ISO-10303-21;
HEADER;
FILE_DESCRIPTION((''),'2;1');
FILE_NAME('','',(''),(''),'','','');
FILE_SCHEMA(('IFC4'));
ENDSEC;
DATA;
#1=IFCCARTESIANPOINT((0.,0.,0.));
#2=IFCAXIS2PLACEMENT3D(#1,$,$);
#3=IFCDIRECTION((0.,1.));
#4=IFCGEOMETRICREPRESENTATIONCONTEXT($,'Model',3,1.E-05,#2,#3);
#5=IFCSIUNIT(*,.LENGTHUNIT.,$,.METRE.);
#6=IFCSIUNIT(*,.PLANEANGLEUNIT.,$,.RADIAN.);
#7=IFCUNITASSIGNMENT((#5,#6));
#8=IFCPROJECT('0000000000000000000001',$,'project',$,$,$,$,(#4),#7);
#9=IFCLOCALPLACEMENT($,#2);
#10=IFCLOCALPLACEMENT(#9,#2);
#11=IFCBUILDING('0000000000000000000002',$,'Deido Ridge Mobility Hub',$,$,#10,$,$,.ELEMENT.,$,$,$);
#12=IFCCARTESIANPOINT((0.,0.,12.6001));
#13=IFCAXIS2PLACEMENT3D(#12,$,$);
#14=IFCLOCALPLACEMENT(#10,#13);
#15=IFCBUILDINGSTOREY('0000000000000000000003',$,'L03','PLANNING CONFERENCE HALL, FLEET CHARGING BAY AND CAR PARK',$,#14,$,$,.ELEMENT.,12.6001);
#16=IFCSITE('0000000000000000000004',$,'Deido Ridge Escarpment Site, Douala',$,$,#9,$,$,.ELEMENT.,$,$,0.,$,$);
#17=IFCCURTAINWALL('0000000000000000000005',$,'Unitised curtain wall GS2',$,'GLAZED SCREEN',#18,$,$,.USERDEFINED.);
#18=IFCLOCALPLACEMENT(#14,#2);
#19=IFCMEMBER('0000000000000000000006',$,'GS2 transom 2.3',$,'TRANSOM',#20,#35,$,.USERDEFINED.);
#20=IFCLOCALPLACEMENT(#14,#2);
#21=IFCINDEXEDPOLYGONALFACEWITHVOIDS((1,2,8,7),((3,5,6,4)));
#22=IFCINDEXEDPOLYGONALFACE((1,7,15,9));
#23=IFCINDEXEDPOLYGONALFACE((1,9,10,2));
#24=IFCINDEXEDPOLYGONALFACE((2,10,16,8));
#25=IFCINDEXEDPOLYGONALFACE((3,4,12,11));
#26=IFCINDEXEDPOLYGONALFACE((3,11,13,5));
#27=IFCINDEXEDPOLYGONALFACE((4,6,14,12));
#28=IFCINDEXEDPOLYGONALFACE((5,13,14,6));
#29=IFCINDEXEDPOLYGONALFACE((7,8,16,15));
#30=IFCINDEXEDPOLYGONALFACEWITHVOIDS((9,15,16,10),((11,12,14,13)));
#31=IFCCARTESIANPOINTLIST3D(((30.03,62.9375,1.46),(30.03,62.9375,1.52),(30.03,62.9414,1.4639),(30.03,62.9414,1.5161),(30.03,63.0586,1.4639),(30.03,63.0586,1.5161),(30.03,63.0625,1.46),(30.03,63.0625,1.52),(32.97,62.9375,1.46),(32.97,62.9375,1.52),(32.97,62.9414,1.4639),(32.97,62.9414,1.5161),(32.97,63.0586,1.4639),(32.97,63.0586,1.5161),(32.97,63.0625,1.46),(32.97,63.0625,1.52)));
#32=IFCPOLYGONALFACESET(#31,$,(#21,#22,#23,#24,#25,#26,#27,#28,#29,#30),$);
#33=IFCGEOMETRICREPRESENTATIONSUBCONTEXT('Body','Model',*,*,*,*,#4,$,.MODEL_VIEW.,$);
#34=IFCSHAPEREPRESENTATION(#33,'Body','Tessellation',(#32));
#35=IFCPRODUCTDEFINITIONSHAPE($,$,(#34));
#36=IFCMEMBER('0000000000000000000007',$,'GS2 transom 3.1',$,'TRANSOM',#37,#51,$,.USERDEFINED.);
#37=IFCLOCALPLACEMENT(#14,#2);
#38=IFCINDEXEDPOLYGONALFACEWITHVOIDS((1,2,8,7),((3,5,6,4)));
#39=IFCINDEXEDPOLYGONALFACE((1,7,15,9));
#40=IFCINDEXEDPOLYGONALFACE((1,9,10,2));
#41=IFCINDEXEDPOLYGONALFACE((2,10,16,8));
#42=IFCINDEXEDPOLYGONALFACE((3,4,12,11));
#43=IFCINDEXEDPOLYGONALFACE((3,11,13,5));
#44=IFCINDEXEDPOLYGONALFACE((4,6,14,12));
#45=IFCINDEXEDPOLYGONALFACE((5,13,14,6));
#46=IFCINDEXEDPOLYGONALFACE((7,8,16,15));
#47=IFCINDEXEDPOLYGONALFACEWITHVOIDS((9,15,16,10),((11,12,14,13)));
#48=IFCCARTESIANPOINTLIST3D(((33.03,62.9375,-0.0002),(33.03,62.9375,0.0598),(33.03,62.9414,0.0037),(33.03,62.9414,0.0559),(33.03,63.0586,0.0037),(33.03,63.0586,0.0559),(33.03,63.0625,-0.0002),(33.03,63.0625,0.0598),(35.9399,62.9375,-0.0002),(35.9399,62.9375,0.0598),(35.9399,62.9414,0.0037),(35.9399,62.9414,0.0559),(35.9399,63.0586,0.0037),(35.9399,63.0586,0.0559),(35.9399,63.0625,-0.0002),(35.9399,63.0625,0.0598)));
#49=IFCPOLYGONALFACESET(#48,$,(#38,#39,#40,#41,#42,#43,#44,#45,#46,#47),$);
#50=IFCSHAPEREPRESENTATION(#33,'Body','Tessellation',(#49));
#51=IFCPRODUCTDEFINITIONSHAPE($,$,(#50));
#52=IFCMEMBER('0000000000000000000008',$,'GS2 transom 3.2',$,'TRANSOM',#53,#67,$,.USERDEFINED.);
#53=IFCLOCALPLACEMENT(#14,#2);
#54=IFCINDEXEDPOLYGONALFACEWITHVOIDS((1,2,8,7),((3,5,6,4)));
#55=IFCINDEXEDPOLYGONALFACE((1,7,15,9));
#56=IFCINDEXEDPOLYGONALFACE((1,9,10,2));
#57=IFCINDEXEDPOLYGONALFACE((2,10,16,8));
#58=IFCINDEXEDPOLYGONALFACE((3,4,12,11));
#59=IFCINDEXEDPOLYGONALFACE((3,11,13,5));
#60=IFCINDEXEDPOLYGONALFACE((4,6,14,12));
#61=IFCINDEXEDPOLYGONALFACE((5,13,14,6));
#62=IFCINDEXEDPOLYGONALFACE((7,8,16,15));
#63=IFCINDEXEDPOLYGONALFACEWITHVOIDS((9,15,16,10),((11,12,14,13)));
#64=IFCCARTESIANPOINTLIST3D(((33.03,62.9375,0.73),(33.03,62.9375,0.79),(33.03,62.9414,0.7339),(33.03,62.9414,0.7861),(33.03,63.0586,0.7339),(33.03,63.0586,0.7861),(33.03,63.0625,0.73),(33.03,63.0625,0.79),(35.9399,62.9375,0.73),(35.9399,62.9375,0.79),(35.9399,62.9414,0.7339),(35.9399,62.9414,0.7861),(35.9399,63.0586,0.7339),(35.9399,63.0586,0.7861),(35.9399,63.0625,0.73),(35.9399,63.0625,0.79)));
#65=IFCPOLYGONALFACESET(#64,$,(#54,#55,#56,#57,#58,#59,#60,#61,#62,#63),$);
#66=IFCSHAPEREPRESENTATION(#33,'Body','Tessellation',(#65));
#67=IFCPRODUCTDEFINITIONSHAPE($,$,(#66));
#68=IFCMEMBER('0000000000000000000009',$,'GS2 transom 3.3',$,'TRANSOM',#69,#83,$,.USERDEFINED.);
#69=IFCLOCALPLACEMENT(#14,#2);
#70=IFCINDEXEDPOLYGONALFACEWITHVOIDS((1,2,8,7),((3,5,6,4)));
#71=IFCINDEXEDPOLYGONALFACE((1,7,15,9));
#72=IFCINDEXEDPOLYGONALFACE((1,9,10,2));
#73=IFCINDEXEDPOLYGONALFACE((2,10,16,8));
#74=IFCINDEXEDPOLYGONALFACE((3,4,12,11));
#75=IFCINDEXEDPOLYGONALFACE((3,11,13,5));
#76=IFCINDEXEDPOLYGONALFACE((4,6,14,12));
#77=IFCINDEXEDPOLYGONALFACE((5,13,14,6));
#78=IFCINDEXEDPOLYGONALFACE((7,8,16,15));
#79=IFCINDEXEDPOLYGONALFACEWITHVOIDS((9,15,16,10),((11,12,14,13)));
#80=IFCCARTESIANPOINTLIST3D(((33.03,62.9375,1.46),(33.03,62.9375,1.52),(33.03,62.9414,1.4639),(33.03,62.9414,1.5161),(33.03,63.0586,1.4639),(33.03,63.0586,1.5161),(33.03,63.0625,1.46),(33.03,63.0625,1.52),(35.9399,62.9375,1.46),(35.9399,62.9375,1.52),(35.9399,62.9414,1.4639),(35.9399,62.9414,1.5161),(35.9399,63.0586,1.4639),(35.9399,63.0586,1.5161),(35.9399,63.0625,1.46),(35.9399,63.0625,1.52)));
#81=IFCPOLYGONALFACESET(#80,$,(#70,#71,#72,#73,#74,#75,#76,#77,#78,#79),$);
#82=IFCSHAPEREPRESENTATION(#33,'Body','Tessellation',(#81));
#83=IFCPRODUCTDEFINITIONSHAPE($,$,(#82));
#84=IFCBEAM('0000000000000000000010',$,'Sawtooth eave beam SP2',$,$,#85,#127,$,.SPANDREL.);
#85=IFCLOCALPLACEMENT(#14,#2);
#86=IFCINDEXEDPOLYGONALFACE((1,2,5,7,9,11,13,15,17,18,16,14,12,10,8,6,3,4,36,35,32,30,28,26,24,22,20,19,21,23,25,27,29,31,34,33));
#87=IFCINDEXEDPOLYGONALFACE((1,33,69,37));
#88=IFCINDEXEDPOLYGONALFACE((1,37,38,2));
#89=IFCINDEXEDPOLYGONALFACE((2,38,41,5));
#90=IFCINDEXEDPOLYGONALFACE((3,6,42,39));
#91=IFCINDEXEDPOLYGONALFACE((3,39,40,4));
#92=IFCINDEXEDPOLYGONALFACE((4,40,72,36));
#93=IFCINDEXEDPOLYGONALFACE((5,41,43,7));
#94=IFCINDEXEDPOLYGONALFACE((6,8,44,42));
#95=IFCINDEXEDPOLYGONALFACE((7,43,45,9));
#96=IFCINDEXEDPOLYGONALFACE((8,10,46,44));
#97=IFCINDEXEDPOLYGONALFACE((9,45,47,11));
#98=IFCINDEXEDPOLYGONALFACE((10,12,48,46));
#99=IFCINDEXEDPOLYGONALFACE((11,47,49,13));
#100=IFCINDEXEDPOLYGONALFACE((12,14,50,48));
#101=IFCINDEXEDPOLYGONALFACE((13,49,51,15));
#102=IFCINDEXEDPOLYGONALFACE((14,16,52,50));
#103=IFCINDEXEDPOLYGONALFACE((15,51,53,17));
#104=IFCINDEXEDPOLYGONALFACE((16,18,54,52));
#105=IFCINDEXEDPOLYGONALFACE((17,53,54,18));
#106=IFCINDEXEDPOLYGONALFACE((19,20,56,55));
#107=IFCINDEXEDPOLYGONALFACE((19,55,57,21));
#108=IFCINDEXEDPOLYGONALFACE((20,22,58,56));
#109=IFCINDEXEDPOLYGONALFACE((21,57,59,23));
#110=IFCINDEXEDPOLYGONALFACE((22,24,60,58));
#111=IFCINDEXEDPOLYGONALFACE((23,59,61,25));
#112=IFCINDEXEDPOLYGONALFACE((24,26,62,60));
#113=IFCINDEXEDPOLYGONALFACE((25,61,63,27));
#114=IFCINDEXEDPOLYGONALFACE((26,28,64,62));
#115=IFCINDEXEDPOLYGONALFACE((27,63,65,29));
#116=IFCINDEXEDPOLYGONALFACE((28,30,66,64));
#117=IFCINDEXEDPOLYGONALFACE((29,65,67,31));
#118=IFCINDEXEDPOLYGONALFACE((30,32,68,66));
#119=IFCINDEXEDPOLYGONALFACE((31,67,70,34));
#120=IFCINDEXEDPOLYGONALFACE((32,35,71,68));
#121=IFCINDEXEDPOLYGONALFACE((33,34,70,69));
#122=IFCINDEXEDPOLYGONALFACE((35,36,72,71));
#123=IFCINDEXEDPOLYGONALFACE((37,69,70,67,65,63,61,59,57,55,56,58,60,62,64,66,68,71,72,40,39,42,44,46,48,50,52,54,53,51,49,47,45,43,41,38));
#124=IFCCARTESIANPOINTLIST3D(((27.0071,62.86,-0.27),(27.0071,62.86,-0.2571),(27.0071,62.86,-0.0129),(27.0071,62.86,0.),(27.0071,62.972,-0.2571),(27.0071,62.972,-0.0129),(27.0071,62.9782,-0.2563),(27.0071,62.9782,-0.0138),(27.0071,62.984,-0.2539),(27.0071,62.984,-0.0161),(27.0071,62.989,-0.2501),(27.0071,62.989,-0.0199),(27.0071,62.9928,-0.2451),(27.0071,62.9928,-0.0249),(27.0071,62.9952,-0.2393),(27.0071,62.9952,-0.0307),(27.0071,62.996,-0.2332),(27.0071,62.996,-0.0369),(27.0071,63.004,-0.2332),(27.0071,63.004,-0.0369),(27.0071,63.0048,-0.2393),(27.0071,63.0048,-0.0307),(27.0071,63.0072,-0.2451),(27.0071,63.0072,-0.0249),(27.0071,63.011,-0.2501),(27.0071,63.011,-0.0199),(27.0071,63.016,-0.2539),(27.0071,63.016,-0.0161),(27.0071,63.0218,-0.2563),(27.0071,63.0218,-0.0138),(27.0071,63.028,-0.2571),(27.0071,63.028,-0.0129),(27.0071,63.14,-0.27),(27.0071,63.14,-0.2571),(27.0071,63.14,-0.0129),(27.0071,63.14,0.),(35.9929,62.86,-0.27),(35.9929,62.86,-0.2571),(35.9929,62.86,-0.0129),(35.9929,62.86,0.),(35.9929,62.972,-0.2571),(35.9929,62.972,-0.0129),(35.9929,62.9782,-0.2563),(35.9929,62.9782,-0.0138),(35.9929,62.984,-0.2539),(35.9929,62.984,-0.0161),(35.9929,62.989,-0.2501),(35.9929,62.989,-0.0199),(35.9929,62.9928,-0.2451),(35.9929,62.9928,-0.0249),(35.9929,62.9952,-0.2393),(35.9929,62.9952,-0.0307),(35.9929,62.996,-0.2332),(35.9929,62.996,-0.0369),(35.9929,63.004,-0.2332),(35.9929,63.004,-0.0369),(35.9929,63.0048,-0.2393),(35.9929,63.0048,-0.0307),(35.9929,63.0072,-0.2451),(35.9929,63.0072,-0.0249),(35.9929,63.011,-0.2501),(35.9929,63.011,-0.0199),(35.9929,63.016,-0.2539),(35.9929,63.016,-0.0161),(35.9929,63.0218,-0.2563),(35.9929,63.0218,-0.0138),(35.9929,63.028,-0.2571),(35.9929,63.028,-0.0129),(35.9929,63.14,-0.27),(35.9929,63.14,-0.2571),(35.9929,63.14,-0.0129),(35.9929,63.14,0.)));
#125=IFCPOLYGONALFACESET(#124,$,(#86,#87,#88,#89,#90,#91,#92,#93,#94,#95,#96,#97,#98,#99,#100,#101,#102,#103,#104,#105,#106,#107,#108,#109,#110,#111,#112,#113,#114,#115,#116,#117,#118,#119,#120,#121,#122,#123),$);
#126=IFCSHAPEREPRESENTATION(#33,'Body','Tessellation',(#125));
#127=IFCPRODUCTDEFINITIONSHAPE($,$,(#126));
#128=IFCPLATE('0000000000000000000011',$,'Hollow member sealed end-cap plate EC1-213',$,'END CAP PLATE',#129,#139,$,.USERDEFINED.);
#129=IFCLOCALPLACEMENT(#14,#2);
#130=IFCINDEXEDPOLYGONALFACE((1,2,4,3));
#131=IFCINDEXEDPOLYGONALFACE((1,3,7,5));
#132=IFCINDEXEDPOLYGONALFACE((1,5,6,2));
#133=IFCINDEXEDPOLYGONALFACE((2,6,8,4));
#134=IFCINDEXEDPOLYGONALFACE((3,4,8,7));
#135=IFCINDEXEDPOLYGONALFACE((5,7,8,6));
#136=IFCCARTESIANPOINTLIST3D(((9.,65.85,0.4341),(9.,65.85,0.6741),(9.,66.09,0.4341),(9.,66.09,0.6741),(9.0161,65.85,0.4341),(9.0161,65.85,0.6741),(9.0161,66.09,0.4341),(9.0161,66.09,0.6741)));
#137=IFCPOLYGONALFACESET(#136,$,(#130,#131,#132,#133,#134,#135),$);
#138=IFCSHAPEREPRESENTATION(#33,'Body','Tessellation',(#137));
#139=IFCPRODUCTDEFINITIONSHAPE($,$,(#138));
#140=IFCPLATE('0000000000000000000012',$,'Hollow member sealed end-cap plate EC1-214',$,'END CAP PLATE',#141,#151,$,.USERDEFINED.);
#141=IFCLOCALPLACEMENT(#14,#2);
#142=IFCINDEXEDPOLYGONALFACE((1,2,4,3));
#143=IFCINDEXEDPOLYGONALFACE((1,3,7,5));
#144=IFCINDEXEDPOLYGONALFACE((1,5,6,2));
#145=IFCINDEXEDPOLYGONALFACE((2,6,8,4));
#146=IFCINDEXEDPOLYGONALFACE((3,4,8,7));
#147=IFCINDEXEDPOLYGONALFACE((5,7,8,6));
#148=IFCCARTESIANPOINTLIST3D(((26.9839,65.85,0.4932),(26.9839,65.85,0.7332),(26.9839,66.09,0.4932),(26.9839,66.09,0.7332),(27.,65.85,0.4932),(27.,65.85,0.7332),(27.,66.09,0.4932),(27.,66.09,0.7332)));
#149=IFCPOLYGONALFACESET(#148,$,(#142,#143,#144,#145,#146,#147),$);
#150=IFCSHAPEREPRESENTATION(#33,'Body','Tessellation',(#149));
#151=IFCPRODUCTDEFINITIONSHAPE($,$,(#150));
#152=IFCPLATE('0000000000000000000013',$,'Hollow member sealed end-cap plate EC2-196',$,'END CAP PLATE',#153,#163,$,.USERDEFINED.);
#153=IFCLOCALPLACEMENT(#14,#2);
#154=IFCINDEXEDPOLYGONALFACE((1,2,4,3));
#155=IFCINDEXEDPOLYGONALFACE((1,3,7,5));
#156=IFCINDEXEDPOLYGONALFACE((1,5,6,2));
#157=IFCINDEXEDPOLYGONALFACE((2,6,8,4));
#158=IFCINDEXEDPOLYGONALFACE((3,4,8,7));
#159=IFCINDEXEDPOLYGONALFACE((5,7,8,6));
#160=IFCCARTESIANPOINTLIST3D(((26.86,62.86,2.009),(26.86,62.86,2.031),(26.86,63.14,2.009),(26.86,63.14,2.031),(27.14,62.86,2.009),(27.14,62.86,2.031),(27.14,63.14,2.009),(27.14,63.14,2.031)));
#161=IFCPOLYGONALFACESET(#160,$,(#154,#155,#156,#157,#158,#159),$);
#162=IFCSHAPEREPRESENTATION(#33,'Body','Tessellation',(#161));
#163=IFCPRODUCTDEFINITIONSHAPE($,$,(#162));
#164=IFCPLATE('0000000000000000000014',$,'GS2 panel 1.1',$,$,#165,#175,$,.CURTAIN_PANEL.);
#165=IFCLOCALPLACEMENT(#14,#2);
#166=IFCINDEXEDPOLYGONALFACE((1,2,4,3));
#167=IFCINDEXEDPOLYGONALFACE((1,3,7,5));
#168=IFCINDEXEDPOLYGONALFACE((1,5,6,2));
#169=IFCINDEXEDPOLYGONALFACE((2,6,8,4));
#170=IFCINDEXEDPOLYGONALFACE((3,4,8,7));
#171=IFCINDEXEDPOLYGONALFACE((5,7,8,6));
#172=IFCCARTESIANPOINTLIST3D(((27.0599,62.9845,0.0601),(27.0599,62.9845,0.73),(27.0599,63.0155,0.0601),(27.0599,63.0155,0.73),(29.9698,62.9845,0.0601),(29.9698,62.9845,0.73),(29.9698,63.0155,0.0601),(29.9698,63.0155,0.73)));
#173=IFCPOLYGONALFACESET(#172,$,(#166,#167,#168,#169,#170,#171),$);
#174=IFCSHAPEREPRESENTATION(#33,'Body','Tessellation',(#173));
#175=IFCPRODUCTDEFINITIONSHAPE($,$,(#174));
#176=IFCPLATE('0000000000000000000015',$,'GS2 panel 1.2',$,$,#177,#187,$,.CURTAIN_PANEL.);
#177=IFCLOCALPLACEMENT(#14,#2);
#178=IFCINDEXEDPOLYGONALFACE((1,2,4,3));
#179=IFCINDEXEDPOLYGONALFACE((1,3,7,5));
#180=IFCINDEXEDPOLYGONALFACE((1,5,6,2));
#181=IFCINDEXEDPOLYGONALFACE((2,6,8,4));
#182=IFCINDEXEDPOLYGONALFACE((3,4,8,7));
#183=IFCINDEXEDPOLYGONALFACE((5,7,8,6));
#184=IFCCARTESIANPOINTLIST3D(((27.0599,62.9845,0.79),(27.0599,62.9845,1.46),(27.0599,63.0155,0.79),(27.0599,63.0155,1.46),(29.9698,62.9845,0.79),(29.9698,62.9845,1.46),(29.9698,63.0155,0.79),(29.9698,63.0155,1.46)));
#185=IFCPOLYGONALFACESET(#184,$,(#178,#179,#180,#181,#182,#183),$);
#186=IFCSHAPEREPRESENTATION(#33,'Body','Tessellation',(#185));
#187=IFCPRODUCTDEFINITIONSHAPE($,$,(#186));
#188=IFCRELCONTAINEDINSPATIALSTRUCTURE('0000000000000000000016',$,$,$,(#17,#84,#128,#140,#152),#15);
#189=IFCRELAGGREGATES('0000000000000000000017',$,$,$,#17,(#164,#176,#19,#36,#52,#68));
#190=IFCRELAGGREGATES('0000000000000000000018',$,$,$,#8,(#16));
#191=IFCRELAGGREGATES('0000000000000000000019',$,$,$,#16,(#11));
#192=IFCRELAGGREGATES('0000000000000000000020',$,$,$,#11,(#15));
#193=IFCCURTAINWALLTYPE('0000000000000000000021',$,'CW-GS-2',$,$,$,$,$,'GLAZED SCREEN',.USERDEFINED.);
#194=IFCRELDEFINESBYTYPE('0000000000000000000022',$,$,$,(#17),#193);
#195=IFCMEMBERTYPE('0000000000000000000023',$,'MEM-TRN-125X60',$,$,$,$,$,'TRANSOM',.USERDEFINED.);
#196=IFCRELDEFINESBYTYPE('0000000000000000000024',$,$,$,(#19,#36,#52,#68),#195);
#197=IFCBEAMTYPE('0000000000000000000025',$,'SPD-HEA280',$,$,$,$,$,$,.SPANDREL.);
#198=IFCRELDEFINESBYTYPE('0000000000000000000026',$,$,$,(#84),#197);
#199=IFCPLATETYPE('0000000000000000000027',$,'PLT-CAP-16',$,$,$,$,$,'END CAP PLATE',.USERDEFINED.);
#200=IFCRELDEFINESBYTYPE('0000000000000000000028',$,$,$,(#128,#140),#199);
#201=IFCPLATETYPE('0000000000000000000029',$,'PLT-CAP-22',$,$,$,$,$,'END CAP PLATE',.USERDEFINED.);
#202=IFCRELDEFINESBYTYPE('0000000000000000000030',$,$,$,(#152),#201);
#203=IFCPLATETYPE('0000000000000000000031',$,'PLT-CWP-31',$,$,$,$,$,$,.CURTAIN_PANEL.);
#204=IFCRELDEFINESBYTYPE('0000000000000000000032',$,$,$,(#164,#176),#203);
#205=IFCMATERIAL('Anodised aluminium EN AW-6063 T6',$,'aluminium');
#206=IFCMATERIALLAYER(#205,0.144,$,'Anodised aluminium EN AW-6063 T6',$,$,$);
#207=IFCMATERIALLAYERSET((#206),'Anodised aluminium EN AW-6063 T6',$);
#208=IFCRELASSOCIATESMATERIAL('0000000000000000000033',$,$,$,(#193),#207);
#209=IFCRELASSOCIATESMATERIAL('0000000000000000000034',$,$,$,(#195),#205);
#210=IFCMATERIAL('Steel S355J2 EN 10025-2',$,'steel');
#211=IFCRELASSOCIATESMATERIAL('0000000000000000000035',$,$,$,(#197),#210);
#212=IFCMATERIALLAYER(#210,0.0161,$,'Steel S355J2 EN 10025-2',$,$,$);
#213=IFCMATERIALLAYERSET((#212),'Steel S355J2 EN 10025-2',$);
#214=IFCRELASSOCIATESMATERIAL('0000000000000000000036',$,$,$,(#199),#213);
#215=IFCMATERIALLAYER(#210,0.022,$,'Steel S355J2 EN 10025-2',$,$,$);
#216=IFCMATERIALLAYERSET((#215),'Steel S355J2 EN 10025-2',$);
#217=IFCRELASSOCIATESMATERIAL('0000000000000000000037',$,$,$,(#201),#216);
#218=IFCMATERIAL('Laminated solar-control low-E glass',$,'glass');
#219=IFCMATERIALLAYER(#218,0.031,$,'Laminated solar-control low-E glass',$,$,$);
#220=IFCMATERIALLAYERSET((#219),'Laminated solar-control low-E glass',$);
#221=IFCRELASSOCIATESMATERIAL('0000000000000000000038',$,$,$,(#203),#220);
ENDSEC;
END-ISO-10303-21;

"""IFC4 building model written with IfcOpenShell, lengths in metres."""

from ifc_helpers import new_model, si_unit, direction, frame, origin, origin_2d, place, context, subcontext, project, spatial, rectangle, hollow_rectangle, i_section, extrude, material, layer, layer_set, material_profile, profile_set, type_object, element, aggregate, save


model = new_model("IFC4")

# Units and contexts
model_context = context("Model", 3, precision=1e-05, world=origin(), true_north=direction((0.0, 1.0)))
body_context = subcontext(model_context, "Body", "Model", "MODEL_VIEW")
ifc_project = project(units=[si_unit("LENGTHUNIT", "METRE"), si_unit("PLANEANGLEUNIT", "RADIAN")], contexts=[model_context])

# Site, building, storey
site_placement = place(None, origin())
site = spatial("IfcSite", under=ifc_project, at=site_placement, Name="Deido Ridge Escarpment Site, Douala", CompositionType="ELEMENT", RefElevation=0.0)
building_placement = place(site_placement, origin())
building = spatial("IfcBuilding", under=site, at=building_placement, Name="Deido Ridge Mobility Hub", CompositionType="ELEMENT")
storey_placement = place(building_placement, frame((0.0, 0.0, 12.6001)))
storey = spatial("IfcBuildingStorey", under=building, at=storey_placement, Name="L03", Description="PLANNING CONFERENCE HALL, FLEET CHARGING BAY AND CAR PARK", CompositionType="ELEMENT", Elevation=12.6001)

# Curtain wall
ifc_material_1 = material(Name="Anodised aluminium EN AW-6063 T6", Category="aluminium")
ifc_layer_1 = layer(ifc_material_1, 0.144, Name="Anodised aluminium EN AW-6063 T6")
ifc_layer_set_1 = layer_set([ifc_layer_1], Name="Anodised aluminium EN AW-6063 T6")
curtain_wall_type = type_object("IfcCurtainWallType", Name="CW-GS-2", ElementType="GLAZED SCREEN", PredefinedType="USERDEFINED", material=ifc_layer_set_1)
curtain_wall_placement = place(storey_placement, origin())
curtain_wall = element("IfcCurtainWall", 1, at=curtain_wall_placement, inside=storey, type_object=curtain_wall_type, Name="Unitised curtain wall GS2", ObjectType="GLAZED SCREEN", PredefinedType="USERDEFINED")

# Members
ifc_material_profile_1 = material_profile(ifc_material_1, hollow_rectangle(XDim=0.125, YDim=0.0601, WallThickness=0.0039, at=origin_2d()), Name="RHS 125x60x4")
ifc_profile_set_1 = profile_set([ifc_material_profile_1], Name="Anodised aluminium EN AW-6063 T6")
member_type_1 = type_object("IfcMemberType", Name="MEM-TRN-125X60", ElementType="TRANSOM", PredefinedType="USERDEFINED", material=ifc_profile_set_1)
member_1_placement = place(storey_placement, frame((30.03, 63.0, 1.49), z_axis=(1.0, 0.0, 0.0), x_axis=(0.0, 1.0, 0.0)))
member_1 = element("IfcMember", 2, at=member_1_placement, type_object=member_type_1, Name="GS2 transom 2.3", ObjectType="TRANSOM", PredefinedType="USERDEFINED", context=body_context, shape_type="SweptSolid", body=[
    extrude(hollow_rectangle(XDim=0.125, YDim=0.0601, WallThickness=0.0039, at=origin_2d()), origin(), (0.0, 0.0, 1.0), 2.9399),
])
member_2_placement = place(storey_placement, frame((33.03, 63.0, 0.0298), z_axis=(1.0, 0.0, 0.0), x_axis=(0.0, 1.0, 0.0)))
member_2 = element("IfcMember", 3, at=member_2_placement, type_object=member_type_1, Name="GS2 transom 3.1", ObjectType="TRANSOM", PredefinedType="USERDEFINED", context=body_context, shape_type="SweptSolid", body=[
    extrude(hollow_rectangle(XDim=0.125, YDim=0.0601, WallThickness=0.0039, at=origin_2d()), origin(), (0.0, 0.0, 1.0), 2.9099),
])
member_3_placement = place(storey_placement, frame((33.03, 63.0, 0.76), z_axis=(1.0, 0.0, 0.0), x_axis=(0.0, 1.0, 0.0)))
member_3 = element("IfcMember", 4, at=member_3_placement, type_object=member_type_1, Name="GS2 transom 3.2", ObjectType="TRANSOM", PredefinedType="USERDEFINED", context=body_context, shape_type="SweptSolid", body=[
    extrude(hollow_rectangle(XDim=0.125, YDim=0.0601, WallThickness=0.0039, at=origin_2d()), origin(), (0.0, 0.0, 1.0), 2.9099),
])
member_4_placement = place(storey_placement, frame((33.03, 63.0, 1.49), z_axis=(1.0, 0.0, 0.0), x_axis=(0.0, 1.0, 0.0)))
member_4 = element("IfcMember", 5, at=member_4_placement, type_object=member_type_1, Name="GS2 transom 3.3", ObjectType="TRANSOM", PredefinedType="USERDEFINED", context=body_context, shape_type="SweptSolid", body=[
    extrude(hollow_rectangle(XDim=0.125, YDim=0.0601, WallThickness=0.0039, at=origin_2d()), origin(), (0.0, 0.0, 1.0), 2.9099),
])

# Beam
ifc_material_2 = material(Name="Steel S355J2 EN 10025-2", Category="steel")
ifc_material_profile_2 = material_profile(ifc_material_2, i_section(OverallWidth=0.28, OverallDepth=0.27, WebThickness=0.0081, FlangeThickness=0.0129, FilletRadius=0.0239, at=origin_2d()), Name="HEA 280")
ifc_profile_set_2 = profile_set([ifc_material_profile_2], Name="Steel S355J2 EN 10025-2")
beam_type = type_object("IfcBeamType", Name="SPD-HEA280", PredefinedType="SPANDREL", material=ifc_profile_set_2)
beam_placement = place(storey_placement, frame((27.0071, 63.0, -0.135), z_axis=(1.0, 0.0, 0.0), x_axis=(0.0, 1.0, 0.0)))
element("IfcBeam", 6, at=beam_placement, inside=storey, type_object=beam_type, Name="Sawtooth eave beam SP2", PredefinedType="SPANDREL", context=body_context, shape_type="SweptSolid", body=[
    extrude(i_section(OverallWidth=0.28, OverallDepth=0.27, WebThickness=0.0081, FlangeThickness=0.0129, FilletRadius=0.0239, at=origin_2d()), origin(), (0.0, 0.0, 1.0), 8.9858),
])

# Plates
ifc_layer_2 = layer(ifc_material_2, 0.0161, Name="Steel S355J2 EN 10025-2")
ifc_layer_set_2 = layer_set([ifc_layer_2], Name="Steel S355J2 EN 10025-2")
plate_type_1 = type_object("IfcPlateType", Name="PLT-CAP-16", ElementType="END CAP PLATE", PredefinedType="USERDEFINED", material=ifc_layer_set_2)
for number, where, z_axis, x_axis, name in (
    (7, (9.0081, 65.97, 0.4341), (0.0, 0.0, 1.0), (1.0, 0.0, 0.0), "Hollow member sealed end-cap plate EC1-213"),
    (8, (26.9919, 65.97, 0.4932), (0.0, 0.0, 1.0), (1.0, 0.0, 0.0), "Hollow member sealed end-cap plate EC1-214"),
):
    element("IfcPlate", number, at=place(storey_placement, frame(where, z_axis=z_axis, x_axis=x_axis)), inside=storey, type_object=plate_type_1, Name=name, ObjectType="END CAP PLATE", PredefinedType="USERDEFINED", context=body_context, shape_type="SweptSolid", body=[
        extrude(rectangle(XDim=0.0161, YDim=0.24, at=origin_2d()), origin(), (0.0, 0.0, 1.0), 0.24),
    ])
ifc_layer_3 = layer(ifc_material_2, 0.022, Name="Steel S355J2 EN 10025-2")
ifc_layer_set_3 = layer_set([ifc_layer_3], Name="Steel S355J2 EN 10025-2")
plate_type_2 = type_object("IfcPlateType", Name="PLT-CAP-22", ElementType="END CAP PLATE", PredefinedType="USERDEFINED", material=ifc_layer_set_3)
plate_1_placement = place(storey_placement, frame((27.0, 63.0, 2.009), z_axis=(0.0, 0.0, 1.0), x_axis=(1.0, 0.0, 0.0)))
element("IfcPlate", 9, at=plate_1_placement, inside=storey, type_object=plate_type_2, Name="Hollow member sealed end-cap plate EC2-196", ObjectType="END CAP PLATE", PredefinedType="USERDEFINED", context=body_context, shape_type="SweptSolid", body=[
    extrude(rectangle(XDim=0.28, YDim=0.28, at=origin_2d()), origin(), (0.0, 0.0, 1.0), 0.022),
])

# Plates
ifc_material_3 = material(Name="Laminated solar-control low-E glass", Category="glass")
ifc_layer_4 = layer(ifc_material_3, 0.031, Name="Laminated solar-control low-E glass")
ifc_layer_set_4 = layer_set([ifc_layer_4], Name="Laminated solar-control low-E glass")
plate_type_3 = type_object("IfcPlateType", Name="PLT-CWP-31", PredefinedType="CURTAIN_PANEL", material=ifc_layer_set_4)
plate_2_placement = place(storey_placement, frame((28.5149, 63.0, 0.0601), z_axis=(0.0, 0.0, 1.0), x_axis=(1.0, 0.0, 0.0)))
plate_2 = element("IfcPlate", 10, at=plate_2_placement, type_object=plate_type_3, Name="GS2 panel 1.1", PredefinedType="CURTAIN_PANEL", context=body_context, shape_type="SweptSolid", body=[
    extrude(rectangle(XDim=2.9099, YDim=0.031, at=origin_2d()), origin(), (0.0, 0.0, 1.0), 0.6699),
])
plate_3_placement = place(storey_placement, frame((28.5149, 63.0, 0.79), z_axis=(0.0, 0.0, 1.0), x_axis=(1.0, 0.0, 0.0)))
plate_3 = element("IfcPlate", 11, at=plate_3_placement, type_object=plate_type_3, Name="GS2 panel 1.2", PredefinedType="CURTAIN_PANEL", context=body_context, shape_type="SweptSolid", body=[
    extrude(rectangle(XDim=2.9099, YDim=0.031, at=origin_2d()), origin(), (0.0, 0.0, 1.0), 0.6699),
])
aggregate(curtain_wall, [plate_2, plate_3, member_1, member_2, member_3, member_4])

save(model, "model.ifc")
